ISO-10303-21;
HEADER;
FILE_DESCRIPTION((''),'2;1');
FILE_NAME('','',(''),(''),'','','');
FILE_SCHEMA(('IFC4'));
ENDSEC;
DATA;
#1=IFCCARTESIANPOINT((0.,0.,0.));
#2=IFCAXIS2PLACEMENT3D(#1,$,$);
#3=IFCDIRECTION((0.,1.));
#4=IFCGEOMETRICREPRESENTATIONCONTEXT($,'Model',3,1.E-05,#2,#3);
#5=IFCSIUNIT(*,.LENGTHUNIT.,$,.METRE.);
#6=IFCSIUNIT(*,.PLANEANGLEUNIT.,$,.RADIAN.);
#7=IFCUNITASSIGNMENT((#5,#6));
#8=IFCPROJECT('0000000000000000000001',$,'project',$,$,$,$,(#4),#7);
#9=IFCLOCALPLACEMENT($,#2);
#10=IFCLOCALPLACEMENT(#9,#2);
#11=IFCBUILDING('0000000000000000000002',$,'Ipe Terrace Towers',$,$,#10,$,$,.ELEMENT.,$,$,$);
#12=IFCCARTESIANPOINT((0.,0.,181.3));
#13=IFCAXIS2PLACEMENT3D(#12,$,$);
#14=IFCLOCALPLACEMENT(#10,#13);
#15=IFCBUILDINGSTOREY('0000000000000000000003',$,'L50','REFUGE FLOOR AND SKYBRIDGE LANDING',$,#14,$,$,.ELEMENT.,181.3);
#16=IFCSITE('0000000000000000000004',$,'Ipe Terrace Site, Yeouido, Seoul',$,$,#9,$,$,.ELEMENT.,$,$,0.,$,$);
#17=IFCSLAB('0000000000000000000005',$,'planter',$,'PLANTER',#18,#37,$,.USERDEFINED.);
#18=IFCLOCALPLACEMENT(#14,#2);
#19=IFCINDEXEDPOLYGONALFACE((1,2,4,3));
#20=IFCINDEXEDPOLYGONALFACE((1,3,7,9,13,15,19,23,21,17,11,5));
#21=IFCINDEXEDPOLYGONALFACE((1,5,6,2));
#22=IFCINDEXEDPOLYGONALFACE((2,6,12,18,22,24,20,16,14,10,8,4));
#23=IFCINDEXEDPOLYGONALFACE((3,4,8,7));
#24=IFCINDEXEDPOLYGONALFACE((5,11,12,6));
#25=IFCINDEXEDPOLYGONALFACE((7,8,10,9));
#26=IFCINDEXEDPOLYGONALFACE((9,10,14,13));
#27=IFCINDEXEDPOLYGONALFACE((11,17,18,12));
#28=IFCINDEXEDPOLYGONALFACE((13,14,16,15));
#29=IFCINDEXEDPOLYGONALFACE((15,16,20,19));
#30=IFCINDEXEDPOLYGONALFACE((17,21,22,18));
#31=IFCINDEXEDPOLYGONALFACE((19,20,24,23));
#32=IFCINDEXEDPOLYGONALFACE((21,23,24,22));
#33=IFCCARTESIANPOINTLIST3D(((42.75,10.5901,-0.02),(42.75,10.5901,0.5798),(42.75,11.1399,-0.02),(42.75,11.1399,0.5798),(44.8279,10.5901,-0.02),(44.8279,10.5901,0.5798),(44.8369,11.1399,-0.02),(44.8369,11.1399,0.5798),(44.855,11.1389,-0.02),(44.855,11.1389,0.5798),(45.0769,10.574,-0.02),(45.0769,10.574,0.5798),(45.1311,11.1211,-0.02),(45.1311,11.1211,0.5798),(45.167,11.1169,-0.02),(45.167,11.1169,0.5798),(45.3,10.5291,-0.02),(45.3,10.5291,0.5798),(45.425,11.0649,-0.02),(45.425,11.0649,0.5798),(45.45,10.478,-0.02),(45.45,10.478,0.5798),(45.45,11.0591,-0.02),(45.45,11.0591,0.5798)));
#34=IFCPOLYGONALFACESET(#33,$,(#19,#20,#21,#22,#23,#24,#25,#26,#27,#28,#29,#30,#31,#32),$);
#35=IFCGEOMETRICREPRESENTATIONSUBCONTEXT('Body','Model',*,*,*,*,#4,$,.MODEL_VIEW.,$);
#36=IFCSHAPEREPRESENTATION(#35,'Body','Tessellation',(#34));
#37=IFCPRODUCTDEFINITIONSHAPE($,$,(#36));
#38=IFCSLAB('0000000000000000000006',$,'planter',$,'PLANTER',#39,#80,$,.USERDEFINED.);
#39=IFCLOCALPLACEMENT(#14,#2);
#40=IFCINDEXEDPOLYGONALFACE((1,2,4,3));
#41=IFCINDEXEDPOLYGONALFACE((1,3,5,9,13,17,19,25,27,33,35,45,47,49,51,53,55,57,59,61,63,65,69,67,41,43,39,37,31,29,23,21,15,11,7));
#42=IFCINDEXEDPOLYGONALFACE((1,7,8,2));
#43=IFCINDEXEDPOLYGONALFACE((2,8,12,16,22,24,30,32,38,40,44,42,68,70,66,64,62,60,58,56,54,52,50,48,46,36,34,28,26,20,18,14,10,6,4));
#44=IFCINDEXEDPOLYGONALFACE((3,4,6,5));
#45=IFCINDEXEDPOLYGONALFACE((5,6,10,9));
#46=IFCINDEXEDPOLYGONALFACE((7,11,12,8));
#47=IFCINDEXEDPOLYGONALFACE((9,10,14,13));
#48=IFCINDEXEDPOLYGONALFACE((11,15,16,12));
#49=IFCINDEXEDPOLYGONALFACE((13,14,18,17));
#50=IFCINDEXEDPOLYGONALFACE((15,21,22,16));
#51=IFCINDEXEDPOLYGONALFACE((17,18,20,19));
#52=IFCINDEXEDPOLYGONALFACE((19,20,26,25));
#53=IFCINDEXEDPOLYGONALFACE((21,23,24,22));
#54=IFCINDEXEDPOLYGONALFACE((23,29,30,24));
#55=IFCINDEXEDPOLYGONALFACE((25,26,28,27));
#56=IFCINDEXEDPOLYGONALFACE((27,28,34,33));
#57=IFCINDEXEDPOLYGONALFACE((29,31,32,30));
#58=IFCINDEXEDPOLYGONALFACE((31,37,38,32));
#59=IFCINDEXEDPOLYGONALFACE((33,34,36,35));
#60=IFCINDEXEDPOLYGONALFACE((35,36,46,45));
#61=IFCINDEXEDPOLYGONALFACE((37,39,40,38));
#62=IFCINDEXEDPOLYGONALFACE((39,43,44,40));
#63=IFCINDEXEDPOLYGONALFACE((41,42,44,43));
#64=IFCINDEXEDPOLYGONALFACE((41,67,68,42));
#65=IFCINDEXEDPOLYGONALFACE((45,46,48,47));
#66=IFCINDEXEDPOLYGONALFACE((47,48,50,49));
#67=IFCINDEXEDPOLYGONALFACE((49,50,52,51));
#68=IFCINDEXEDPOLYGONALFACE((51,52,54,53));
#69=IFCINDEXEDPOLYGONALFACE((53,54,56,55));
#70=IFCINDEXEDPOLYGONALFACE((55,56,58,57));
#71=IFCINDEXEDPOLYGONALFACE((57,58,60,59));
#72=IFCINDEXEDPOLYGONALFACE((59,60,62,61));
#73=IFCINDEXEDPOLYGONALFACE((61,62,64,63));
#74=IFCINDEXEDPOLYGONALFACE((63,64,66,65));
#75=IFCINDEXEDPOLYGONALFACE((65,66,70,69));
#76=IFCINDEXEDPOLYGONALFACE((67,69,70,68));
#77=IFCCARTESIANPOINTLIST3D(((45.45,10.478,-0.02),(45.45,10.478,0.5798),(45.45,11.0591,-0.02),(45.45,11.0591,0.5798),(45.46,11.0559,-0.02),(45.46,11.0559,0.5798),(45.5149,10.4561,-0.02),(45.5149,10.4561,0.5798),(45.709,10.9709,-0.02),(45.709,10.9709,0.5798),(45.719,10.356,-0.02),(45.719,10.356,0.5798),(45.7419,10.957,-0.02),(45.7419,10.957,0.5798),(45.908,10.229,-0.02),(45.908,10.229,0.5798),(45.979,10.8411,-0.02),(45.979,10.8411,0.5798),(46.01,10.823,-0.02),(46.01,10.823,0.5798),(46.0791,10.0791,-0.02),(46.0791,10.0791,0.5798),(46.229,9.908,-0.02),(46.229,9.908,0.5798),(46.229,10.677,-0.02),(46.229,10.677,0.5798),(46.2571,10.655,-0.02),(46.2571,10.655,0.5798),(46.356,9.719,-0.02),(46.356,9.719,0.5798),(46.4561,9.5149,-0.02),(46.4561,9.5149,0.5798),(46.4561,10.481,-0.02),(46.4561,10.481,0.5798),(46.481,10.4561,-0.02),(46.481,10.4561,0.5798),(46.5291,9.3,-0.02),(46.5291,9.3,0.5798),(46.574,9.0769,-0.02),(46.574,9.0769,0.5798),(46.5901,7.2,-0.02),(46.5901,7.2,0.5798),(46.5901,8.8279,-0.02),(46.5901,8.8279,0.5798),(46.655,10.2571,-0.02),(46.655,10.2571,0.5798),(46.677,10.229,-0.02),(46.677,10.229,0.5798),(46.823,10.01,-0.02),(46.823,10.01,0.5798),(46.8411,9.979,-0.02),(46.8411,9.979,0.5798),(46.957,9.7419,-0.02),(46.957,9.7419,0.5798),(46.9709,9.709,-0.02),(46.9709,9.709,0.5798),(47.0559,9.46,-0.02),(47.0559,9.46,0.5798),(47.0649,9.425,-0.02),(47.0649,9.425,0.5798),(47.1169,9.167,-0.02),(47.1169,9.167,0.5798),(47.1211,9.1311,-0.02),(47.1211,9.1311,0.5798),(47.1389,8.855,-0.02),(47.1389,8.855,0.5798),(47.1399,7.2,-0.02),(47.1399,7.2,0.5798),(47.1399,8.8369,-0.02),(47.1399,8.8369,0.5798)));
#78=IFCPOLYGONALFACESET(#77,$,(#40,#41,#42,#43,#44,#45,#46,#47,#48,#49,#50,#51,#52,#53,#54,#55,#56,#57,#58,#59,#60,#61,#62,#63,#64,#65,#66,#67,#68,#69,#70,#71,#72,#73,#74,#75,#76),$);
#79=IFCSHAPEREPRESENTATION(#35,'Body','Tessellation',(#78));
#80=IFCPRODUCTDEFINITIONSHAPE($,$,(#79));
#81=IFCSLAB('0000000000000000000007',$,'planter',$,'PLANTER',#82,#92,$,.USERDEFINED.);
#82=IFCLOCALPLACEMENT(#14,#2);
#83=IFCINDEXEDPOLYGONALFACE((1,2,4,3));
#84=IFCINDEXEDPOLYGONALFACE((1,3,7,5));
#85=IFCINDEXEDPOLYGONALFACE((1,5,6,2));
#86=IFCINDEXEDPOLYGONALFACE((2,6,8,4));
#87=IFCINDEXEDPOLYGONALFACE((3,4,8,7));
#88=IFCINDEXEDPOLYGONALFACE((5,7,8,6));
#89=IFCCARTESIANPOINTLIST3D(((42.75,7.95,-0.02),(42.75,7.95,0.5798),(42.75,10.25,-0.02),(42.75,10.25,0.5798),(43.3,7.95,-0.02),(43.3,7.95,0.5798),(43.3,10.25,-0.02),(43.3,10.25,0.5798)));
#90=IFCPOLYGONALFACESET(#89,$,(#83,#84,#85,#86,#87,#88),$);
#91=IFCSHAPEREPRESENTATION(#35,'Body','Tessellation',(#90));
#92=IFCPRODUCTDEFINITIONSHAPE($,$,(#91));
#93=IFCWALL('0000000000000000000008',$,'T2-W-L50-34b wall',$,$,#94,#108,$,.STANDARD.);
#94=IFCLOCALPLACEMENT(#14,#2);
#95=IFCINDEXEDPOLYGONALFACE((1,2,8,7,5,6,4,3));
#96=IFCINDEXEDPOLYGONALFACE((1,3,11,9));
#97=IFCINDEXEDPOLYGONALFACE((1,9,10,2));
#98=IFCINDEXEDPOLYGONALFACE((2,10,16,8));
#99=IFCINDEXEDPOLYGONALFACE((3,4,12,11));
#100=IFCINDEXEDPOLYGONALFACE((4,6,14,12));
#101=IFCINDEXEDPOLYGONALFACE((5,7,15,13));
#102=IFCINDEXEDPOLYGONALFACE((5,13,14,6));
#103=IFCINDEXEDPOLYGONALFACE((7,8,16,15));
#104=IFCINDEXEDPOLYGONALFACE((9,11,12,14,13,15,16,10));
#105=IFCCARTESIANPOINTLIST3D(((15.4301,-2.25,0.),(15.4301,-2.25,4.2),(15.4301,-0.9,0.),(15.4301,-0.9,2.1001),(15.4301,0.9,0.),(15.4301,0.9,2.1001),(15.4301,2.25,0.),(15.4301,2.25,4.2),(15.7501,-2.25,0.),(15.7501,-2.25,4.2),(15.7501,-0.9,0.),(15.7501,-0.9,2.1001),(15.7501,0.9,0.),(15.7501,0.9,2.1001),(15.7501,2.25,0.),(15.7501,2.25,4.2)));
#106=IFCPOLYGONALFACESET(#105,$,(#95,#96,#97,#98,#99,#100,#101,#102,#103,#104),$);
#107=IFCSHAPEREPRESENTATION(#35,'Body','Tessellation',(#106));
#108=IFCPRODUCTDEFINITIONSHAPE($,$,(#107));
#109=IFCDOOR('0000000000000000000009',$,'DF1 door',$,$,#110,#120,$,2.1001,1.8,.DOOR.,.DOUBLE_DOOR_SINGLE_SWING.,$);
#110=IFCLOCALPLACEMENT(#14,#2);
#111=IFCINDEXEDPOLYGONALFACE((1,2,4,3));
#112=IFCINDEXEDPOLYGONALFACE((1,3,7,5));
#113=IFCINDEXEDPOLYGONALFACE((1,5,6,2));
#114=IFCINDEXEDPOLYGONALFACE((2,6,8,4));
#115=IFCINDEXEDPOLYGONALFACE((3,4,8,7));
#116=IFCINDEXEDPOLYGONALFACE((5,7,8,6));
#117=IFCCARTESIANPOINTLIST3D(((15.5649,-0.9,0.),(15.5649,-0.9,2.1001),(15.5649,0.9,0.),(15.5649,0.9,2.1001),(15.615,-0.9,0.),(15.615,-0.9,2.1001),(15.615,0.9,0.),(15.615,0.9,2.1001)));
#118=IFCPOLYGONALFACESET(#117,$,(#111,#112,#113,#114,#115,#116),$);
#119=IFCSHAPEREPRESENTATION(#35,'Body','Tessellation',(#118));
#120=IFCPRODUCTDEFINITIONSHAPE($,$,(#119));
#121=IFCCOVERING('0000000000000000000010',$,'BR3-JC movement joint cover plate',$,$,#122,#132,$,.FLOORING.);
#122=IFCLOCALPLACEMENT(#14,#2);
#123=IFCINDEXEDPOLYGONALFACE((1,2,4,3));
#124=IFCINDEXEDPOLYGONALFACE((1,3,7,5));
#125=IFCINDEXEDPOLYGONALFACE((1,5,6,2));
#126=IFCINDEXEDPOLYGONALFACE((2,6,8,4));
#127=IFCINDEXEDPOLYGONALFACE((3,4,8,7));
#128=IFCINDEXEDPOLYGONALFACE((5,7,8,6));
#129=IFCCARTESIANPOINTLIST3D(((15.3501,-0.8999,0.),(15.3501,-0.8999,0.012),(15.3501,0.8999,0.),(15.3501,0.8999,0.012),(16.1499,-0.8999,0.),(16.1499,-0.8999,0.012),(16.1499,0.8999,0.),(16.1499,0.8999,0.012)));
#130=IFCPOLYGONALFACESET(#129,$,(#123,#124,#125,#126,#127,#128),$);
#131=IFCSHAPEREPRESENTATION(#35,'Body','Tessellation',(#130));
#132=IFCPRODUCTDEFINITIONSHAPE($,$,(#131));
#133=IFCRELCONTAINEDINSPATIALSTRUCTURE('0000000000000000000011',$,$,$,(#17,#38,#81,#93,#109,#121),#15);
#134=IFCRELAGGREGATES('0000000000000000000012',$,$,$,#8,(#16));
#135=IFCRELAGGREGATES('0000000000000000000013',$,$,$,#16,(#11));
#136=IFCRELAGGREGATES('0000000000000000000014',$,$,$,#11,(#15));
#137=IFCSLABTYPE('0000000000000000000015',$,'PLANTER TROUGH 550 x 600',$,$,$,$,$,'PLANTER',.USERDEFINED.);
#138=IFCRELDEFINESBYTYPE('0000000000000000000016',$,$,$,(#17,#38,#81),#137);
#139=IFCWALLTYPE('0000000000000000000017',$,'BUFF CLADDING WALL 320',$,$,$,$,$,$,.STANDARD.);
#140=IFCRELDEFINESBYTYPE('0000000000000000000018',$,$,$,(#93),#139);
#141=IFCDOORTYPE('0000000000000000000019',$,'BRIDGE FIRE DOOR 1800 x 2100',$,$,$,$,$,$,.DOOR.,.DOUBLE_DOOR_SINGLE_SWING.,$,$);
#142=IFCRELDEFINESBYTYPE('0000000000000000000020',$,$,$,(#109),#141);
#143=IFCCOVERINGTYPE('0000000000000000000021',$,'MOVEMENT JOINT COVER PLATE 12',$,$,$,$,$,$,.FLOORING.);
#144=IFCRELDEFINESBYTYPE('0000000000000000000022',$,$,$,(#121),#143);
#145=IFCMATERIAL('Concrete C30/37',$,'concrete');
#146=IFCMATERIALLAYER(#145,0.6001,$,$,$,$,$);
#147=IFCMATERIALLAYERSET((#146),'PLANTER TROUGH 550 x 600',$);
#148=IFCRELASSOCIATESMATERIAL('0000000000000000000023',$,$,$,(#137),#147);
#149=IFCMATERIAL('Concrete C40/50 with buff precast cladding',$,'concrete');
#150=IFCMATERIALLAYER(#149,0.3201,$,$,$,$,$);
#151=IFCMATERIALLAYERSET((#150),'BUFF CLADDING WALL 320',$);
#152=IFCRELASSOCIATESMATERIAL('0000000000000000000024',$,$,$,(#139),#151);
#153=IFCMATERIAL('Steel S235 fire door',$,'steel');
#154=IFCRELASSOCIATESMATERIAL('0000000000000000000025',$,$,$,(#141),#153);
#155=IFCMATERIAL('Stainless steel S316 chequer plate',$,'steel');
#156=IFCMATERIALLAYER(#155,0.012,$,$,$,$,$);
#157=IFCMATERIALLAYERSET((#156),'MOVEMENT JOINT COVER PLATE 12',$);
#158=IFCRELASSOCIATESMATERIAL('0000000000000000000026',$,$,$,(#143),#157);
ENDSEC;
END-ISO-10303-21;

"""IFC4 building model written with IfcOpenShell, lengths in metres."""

from ifc_helpers import new_model, si_unit, direction, frame, frame_2d, origin, place, context, subcontext, project, spatial, polyline, rectangle, outline, extrude, material, layer, layer_set, type_object, element, fill, save


model = new_model("IFC4")

# Units and contexts
model_context = context("Model", 3, precision=1e-05, world=origin(), true_north=direction((0.0, 1.0)))
body_context = subcontext(model_context, "Body", "Model", "MODEL_VIEW")
ifc_project = project(units=[si_unit("LENGTHUNIT", "METRE"), si_unit("PLANEANGLEUNIT", "RADIAN")], contexts=[model_context])

# Site, building, storey
site_placement = place(None, origin())
site = spatial("IfcSite", under=ifc_project, at=site_placement, Name="Ipe Terrace Site, Yeouido, Seoul", CompositionType="ELEMENT", RefElevation=0.0)
building_placement = place(site_placement, origin())
building = spatial("IfcBuilding", under=site, at=building_placement, Name="Ipe Terrace Towers", CompositionType="ELEMENT")
storey_placement = place(building_placement, frame((0.0, 0.0, 181.3)))
storey = spatial("IfcBuildingStorey", under=building, at=storey_placement, Name="L50", Description="REFUGE FLOOR AND SKYBRIDGE LANDING", CompositionType="ELEMENT", Elevation=181.3)

# Slabs
ifc_material_1 = material(Name="Concrete C30/37", Category="concrete")
ifc_layer_1 = layer(ifc_material_1, 0.6001)
ifc_layer_set_1 = layer_set([ifc_layer_1], Name="PLANTER TROUGH 550 x 600")
slab_type_1 = type_object("IfcSlabType", Name="PLANTER TROUGH 550 x 600", ElementType="PLANTER", PredefinedType="USERDEFINED", material=ifc_layer_set_1)
slab_1_placement = place(storey_placement, frame((0.0, 0.0, -0.02)))
element("IfcSlab", 1, at=slab_1_placement, inside=storey, type_object=slab_type_1, Name="planter", ObjectType="PLANTER", PredefinedType="USERDEFINED", context=body_context, shape_type="SweptSolid", body=[
    extrude(outline(polyline([(45.3, 10.5291), (45.45, 10.478), (45.45, 11.0591), (45.425, 11.0649), (45.167, 11.1169), (45.1311, 11.1211), (44.855, 11.1389), (44.8369, 11.1399), (42.75, 11.1399), (42.75, 10.5901), (44.8279, 10.5901), (45.0769, 10.574), (45.3, 10.5291)])), origin(), (0.0, 0.0, 1.0), 0.5999),
])
slab_2_placement = place(storey_placement, frame((0.0, 0.0, -0.02)))
element("IfcSlab", 2, at=slab_2_placement, inside=storey, type_object=slab_type_1, Name="planter", ObjectType="PLANTER", PredefinedType="USERDEFINED", context=body_context, shape_type="SweptSolid", body=[
    extrude(outline(polyline([(45.5149, 10.4561), (45.719, 10.356), (45.908, 10.229), (46.0791, 10.0791), (46.229, 9.908), (46.356, 9.719), (46.4561, 9.5149), (46.5291, 9.3), (46.574, 9.0769), (46.5901, 8.8279), (46.5901, 7.2), (47.1399, 7.2), (47.1399, 8.8369), (47.1389, 8.855), (47.1211, 9.1311), (47.1169, 9.167), (47.0649, 9.425), (47.0559, 9.46), (46.9709, 9.709), (46.957, 9.7419), (46.8411, 9.979), (46.823, 10.01), (46.677, 10.229), (46.655, 10.2571), (46.481, 10.4561), (46.4561, 10.481), (46.2571, 10.655), (46.229, 10.677), (46.01, 10.823), (45.979, 10.8411), (45.7419, 10.957), (45.709, 10.9709), (45.46, 11.0559), (45.45, 11.0591), (45.45, 10.478), (45.5149, 10.4561)])), origin(), (0.0, 0.0, 1.0), 0.5999),
])
slab_3_placement = place(storey_placement, frame((0.0, 0.0, -0.02)))
element("IfcSlab", 3, at=slab_3_placement, inside=storey, type_object=slab_type_1, Name="planter", ObjectType="PLANTER", PredefinedType="USERDEFINED", context=body_context, shape_type="SweptSolid", body=[
    extrude(outline(polyline([(42.75, 7.95), (43.3, 7.95), (43.3, 10.25), (42.75, 10.25), (42.75, 7.95)])), origin(), (0.0, 0.0, 1.0), 0.5999),
])

# Wall, opening, door
ifc_material_2 = material(Name="Concrete C40/50 with buff precast cladding", Category="concrete")
ifc_layer_2 = layer(ifc_material_2, 0.3201)
ifc_layer_set_2 = layer_set([ifc_layer_2], Name="BUFF CLADDING WALL 320")
wall_type = type_object("IfcWallType", Name="BUFF CLADDING WALL 320", PredefinedType="STANDARD", material=ifc_layer_set_2)
wall_placement = place(storey_placement, frame((15.5901, 2.25, 0.0), z_axis=(0.0, 0.0, 1.0), x_axis=(0.0, -1.0, 0.0)))
wall = element("IfcWall", 4, at=wall_placement, inside=storey, type_object=wall_type, Name="T2-W-L50-34b wall", PredefinedType="STANDARD", context=body_context, shape_type="SweptSolid", body=[
    extrude(rectangle(XDim=4.5, YDim=0.3201, at=frame_2d((2.25, 0.0))), origin(), (0.0, 0.0, 1.0), 4.2),
])
opening_placement = place(wall_placement, frame((1.3501, 0.0, 0.0)))
opening = element("IfcOpeningElement", 5, at=opening_placement, cuts=wall, PredefinedType="OPENING", context=body_context, shape_type="SweptSolid", body=[
    extrude(rectangle(XDim=1.8, YDim=2.1001, at=frame_2d((0.8999, 1.05))), frame((0.0, 0.1699, 0.0), z_axis=(0.0, -1.0, 0.0), x_axis=(1.0, 0.0, 0.0)), (0.0, 0.0, 1.0), 0.3401),
])
ifc_material_3 = material(Name="Steel S235 fire door", Category="steel")
door_type = type_object("IfcDoorType", Name="BRIDGE FIRE DOOR 1800 x 2100", OperationType="DOUBLE_DOOR_SINGLE_SWING", PredefinedType="DOOR", material=ifc_material_3)
door_placement = place(opening_placement, origin())
door = element("IfcDoor", 6, at=door_placement, inside=storey, type_object=door_type, Name="DF1 door", OperationType="DOUBLE_DOOR_SINGLE_SWING", OverallHeight=2.1001, OverallWidth=1.8, PredefinedType="DOOR", context=body_context, shape_type="SweptSolid", body=[
    extrude(rectangle(XDim=1.8, YDim=2.1001, at=frame_2d((0.8999, 1.05))), frame((0.0, 0.0249, 0.0), z_axis=(0.0, -1.0, 0.0), x_axis=(1.0, 0.0, 0.0)), (0.0, 0.0, 1.0), 0.05),
])
fill(opening, door)

# Covering
ifc_material_4 = material(Name="Stainless steel S316 chequer plate", Category="steel")
ifc_layer_3 = layer(ifc_material_4, 0.012)
ifc_layer_set_3 = layer_set([ifc_layer_3], Name="MOVEMENT JOINT COVER PLATE 12")
covering_type_1 = type_object("IfcCoveringType", Name="MOVEMENT JOINT COVER PLATE 12", PredefinedType="FLOORING", material=ifc_layer_set_3)
covering_1_placement = place(storey_placement, origin())
element("IfcCovering", 7, at=covering_1_placement, inside=storey, type_object=covering_type_1, Name="BR3-JC movement joint cover plate", PredefinedType="FLOORING", context=body_context, shape_type="SweptSolid", body=[
    extrude(outline(polyline([(15.3501, -0.8999), (16.1499, -0.8999), (16.1499, 0.8999), (15.3501, 0.8999), (15.3501, -0.8999)])), origin(), (0.0, 0.0, 1.0), 0.012),
])

save(model, "model.ifc")
